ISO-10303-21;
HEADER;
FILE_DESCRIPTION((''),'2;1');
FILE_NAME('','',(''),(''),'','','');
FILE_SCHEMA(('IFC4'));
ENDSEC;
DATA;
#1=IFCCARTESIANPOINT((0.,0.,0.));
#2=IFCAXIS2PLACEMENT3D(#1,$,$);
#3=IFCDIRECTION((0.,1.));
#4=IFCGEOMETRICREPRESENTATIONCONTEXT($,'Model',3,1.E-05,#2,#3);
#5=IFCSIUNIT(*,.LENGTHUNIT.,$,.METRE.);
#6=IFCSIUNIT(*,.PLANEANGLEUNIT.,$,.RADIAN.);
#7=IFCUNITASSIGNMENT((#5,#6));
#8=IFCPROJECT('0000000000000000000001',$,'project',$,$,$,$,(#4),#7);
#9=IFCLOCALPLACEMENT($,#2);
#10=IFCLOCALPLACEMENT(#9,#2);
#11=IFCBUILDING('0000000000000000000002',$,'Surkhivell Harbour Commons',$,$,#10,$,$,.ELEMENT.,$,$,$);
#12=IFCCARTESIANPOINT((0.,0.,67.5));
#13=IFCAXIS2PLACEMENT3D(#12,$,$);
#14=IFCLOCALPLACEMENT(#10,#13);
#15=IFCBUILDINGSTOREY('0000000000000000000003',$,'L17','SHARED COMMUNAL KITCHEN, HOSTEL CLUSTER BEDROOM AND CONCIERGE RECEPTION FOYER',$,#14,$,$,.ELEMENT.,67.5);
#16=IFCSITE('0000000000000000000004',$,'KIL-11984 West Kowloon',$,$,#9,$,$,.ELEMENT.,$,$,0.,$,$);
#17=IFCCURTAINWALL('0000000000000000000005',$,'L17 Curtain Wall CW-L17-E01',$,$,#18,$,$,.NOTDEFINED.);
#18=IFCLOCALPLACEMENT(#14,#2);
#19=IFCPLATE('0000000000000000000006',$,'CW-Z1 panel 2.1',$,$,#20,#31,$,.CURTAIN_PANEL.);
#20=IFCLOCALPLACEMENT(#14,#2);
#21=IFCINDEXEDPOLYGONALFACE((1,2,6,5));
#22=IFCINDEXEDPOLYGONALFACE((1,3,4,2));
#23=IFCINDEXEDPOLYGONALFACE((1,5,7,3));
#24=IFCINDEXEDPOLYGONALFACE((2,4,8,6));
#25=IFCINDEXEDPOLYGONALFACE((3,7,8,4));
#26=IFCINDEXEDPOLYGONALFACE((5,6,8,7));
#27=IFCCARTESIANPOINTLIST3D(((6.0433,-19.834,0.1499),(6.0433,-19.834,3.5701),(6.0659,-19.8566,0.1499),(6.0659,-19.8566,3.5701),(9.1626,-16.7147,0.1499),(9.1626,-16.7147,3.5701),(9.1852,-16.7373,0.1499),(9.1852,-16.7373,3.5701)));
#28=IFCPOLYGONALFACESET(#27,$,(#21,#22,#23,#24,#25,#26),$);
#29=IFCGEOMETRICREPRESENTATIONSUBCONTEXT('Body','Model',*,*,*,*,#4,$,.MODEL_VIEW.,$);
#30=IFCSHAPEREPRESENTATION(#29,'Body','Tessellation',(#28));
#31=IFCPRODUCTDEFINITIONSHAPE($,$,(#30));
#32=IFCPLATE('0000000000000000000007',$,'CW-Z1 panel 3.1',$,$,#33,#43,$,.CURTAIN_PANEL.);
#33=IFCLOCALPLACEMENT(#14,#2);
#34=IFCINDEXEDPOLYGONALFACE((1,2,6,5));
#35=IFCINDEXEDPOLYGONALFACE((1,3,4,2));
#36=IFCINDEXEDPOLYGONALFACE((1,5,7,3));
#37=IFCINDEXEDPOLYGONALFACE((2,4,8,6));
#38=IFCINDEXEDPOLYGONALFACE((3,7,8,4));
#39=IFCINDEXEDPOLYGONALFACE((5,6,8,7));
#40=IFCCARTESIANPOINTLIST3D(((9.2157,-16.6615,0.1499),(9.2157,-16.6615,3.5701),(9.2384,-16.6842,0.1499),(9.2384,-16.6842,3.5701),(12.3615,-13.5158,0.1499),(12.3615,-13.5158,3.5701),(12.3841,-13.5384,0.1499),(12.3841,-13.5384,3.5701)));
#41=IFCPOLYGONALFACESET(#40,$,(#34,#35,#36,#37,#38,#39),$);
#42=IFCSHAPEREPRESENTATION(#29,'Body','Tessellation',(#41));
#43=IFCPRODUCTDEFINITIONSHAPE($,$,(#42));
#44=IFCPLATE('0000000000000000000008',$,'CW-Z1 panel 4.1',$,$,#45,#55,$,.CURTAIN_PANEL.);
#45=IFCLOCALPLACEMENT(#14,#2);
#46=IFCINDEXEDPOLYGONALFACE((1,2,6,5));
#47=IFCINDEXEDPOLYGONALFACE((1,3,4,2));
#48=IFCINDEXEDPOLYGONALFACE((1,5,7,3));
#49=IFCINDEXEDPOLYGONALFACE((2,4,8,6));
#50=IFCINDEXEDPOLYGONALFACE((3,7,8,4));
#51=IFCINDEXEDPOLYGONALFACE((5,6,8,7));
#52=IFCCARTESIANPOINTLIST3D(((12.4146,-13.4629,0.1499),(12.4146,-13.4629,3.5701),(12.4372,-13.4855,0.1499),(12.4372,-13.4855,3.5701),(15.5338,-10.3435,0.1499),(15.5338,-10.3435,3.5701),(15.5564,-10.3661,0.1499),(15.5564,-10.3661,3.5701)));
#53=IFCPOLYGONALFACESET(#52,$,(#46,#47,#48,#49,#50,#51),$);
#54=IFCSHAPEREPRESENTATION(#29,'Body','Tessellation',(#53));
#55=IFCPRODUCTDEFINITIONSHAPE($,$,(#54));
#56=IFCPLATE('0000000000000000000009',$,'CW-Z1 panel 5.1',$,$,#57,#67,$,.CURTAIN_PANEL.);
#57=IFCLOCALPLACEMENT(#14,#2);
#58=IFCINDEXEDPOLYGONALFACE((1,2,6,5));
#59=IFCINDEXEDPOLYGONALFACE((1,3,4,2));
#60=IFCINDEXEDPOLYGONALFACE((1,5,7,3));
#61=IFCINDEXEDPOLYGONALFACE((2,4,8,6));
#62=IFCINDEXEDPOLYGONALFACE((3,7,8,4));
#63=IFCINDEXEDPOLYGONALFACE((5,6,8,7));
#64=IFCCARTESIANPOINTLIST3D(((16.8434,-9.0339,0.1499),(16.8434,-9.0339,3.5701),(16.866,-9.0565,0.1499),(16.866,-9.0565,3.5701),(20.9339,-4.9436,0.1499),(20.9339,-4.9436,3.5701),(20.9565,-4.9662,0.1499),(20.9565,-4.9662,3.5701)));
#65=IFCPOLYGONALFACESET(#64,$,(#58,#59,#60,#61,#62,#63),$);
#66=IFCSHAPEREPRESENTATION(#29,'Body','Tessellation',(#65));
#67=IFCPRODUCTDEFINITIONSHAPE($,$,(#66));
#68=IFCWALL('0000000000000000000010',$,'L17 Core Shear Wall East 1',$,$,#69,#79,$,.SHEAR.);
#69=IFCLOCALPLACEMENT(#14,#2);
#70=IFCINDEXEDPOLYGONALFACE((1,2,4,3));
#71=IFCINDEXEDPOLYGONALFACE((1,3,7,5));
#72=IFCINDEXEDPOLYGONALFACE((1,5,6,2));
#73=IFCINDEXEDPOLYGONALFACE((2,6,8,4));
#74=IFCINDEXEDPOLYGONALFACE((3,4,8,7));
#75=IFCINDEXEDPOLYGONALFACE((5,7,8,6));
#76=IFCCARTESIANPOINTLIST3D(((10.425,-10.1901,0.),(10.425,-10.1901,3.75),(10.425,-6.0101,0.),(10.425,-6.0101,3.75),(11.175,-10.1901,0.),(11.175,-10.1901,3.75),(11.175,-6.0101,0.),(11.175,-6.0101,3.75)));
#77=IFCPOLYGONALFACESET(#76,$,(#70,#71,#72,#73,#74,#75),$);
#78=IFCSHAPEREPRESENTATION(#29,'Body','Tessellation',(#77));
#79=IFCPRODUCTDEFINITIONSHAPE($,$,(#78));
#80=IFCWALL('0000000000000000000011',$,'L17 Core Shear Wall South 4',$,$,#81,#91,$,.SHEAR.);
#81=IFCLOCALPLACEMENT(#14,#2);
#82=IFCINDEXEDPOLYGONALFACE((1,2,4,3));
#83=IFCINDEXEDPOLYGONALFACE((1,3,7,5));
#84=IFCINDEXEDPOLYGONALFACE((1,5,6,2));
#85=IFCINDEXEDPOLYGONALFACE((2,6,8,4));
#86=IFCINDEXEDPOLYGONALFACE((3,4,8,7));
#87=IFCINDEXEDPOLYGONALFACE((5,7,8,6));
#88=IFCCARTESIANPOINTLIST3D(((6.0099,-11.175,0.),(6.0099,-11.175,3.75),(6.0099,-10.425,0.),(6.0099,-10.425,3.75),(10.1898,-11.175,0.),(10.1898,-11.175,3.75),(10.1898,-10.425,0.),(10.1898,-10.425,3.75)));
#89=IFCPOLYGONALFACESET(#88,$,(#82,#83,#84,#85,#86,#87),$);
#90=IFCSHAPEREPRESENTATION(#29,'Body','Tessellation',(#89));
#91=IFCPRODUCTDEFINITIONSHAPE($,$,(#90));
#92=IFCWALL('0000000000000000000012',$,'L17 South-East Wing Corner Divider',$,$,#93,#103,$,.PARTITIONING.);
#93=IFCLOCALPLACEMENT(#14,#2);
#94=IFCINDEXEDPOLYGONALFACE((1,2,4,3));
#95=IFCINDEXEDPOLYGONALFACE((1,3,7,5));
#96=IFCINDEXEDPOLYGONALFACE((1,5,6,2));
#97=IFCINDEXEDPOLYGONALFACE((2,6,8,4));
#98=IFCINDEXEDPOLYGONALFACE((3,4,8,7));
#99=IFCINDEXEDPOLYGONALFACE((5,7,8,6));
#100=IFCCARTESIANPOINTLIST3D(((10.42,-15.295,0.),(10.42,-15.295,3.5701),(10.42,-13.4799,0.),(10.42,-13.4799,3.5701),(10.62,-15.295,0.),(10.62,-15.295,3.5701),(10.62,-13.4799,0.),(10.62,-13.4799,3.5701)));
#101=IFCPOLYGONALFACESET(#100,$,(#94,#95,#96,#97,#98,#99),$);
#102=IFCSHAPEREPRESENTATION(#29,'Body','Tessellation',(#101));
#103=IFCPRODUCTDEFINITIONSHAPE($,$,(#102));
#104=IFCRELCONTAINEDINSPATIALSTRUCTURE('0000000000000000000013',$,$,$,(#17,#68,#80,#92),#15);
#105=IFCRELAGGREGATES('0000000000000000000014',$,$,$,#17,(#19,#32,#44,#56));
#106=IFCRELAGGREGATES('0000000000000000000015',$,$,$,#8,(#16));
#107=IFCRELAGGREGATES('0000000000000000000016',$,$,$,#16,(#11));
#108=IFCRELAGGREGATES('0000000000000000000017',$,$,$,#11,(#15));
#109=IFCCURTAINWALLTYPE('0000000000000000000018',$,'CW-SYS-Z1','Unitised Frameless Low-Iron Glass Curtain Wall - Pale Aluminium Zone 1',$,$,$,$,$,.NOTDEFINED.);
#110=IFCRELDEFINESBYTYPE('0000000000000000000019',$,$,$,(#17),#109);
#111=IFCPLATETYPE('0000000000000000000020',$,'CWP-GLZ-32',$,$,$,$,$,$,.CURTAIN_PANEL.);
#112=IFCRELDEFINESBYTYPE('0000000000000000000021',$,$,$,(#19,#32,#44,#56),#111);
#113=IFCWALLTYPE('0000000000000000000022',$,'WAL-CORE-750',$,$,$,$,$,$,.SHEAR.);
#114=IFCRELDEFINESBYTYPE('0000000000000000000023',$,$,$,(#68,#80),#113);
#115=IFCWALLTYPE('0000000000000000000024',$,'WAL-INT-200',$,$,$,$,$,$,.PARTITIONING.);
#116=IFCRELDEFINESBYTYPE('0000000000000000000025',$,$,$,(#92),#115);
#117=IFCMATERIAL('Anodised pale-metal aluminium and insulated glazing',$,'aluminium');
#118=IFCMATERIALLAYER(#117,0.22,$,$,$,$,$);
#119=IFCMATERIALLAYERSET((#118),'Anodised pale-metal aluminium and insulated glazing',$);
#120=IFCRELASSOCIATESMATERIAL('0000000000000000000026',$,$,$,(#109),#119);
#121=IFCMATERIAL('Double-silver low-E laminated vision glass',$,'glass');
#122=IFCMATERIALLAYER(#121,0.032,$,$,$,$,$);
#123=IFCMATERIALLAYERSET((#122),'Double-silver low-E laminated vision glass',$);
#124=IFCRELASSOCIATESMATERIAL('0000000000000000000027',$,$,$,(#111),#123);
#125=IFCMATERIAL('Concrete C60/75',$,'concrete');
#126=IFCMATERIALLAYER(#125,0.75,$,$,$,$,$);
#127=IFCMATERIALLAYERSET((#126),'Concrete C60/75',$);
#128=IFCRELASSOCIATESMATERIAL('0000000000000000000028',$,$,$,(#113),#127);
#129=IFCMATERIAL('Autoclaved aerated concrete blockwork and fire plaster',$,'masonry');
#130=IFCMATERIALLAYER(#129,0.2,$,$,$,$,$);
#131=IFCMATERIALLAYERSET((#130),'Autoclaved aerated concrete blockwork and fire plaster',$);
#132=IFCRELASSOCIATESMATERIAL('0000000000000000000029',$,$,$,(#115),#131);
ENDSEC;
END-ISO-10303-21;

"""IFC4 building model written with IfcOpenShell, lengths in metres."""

from ifc_helpers import new_model, si_unit, direction, frame, frame_2d, origin, place, context, subcontext, project, spatial, rectangle, extrude, material, layer, layer_set, type_object, element, aggregate, save


model = new_model("IFC4")

# Units and contexts
model_context = context("Model", 3, precision=1e-05, world=origin(), true_north=direction((0.0, 1.0)))
body_context = subcontext(model_context, "Body", "Model", "MODEL_VIEW")
ifc_project = project(units=[si_unit("LENGTHUNIT", "METRE"), si_unit("PLANEANGLEUNIT", "RADIAN")], contexts=[model_context])

# Site, building, storey
site_placement = place(None, origin())
site = spatial("IfcSite", under=ifc_project, at=site_placement, Name="KIL-11984 West Kowloon", CompositionType="ELEMENT", RefElevation=0.0)
building_placement = place(site_placement, origin())
building = spatial("IfcBuilding", under=site, at=building_placement, Name="Surkhivell Harbour Commons", CompositionType="ELEMENT")
storey_placement = place(building_placement, frame((0.0, 0.0, 67.5)))
storey = spatial("IfcBuildingStorey", under=building, at=storey_placement, Name="L17", Description="SHARED COMMUNAL KITCHEN, HOSTEL CLUSTER BEDROOM AND CONCIERGE RECEPTION FOYER", CompositionType="ELEMENT", Elevation=67.5)

# Curtain wall, plates
ifc_material_1 = material(Name="Anodised pale-metal aluminium and insulated glazing", Category="aluminium")
ifc_layer_1 = layer(ifc_material_1, 0.22)
ifc_layer_set_1 = layer_set([ifc_layer_1], Name="Anodised pale-metal aluminium and insulated glazing")
curtain_wall_type = type_object("IfcCurtainWallType", Name="CW-SYS-Z1", Description="Unitised Frameless Low-Iron Glass Curtain Wall - Pale Aluminium Zone 1", PredefinedType="NOTDEFINED", material=ifc_layer_set_1)
curtain_wall_placement = place(storey_placement, origin())
curtain_wall = element("IfcCurtainWall", 1, at=curtain_wall_placement, inside=storey, type_object=curtain_wall_type, Name="L17 Curtain Wall CW-L17-E01", PredefinedType="NOTDEFINED")
ifc_material_2 = material(Name="Double-silver low-E laminated vision glass", Category="glass")
ifc_layer_2 = layer(ifc_material_2, 0.032)
ifc_layer_set_2 = layer_set([ifc_layer_2], Name="Double-silver low-E laminated vision glass")
plate_type = type_object("IfcPlateType", Name="CWP-GLZ-32", PredefinedType="CURTAIN_PANEL", material=ifc_layer_set_2)
plate_1_placement = place(storey_placement, frame((6.0547, -19.8452, 0.1499), z_axis=(0.0, 0.0, 1.0), x_axis=(0.707107, 0.707107, 0.0)))
plate_1 = element("IfcPlate", 2, at=plate_1_placement, type_object=plate_type, Name="CW-Z1 panel 2.1", PredefinedType="CURTAIN_PANEL", context=body_context, shape_type="SweptSolid", body=[
    extrude(rectangle(XDim=4.4114, YDim=0.032, at=frame_2d((2.2056, 0.0))), origin(), (0.0, 0.0, 1.0), 3.4202),
])
plate_2_placement = place(storey_placement, frame((9.2271, -16.6729, 0.1499), z_axis=(0.0, 0.0, 1.0), x_axis=(0.707107, 0.707107, 0.0)))
plate_2 = element("IfcPlate", 3, at=plate_2_placement, type_object=plate_type, Name="CW-Z1 panel 3.1", PredefinedType="CURTAIN_PANEL", context=body_context, shape_type="SweptSolid", body=[
    extrude(rectangle(XDim=4.4487, YDim=0.032, at=frame_2d((2.2244, 0.0))), origin(), (0.0, 0.0, 1.0), 3.4202),
])
plate_3_placement = place(storey_placement, frame((12.426, -13.4741, 0.1499), z_axis=(0.0, 0.0, 1.0), x_axis=(0.707079, 0.707134, 0.0)))
plate_3 = element("IfcPlate", 4, at=plate_3_placement, type_object=plate_type, Name="CW-Z1 panel 4.1", PredefinedType="CURTAIN_PANEL", context=body_context, shape_type="SweptSolid", body=[
    extrude(rectangle(XDim=4.4114, YDim=0.032, at=frame_2d((2.2056, 0.0))), origin(), (0.0, 0.0, 1.0), 3.4202),
])
plate_4_placement = place(storey_placement, frame((16.8547, -9.0452, 0.1499), z_axis=(0.0, 0.0, 1.0), x_axis=(0.707128, 0.707086, 0.0)))
plate_4 = element("IfcPlate", 5, at=plate_4_placement, type_object=plate_type, Name="CW-Z1 panel 5.1", PredefinedType="CURTAIN_PANEL", context=body_context, shape_type="SweptSolid", body=[
    extrude(rectangle(XDim=5.7847, YDim=0.032, at=frame_2d((2.8923, 0.0))), origin(), (0.0, 0.0, 1.0), 3.4202),
])
aggregate(curtain_wall, [plate_1, plate_2, plate_3, plate_4])

# Walls
ifc_material_3 = material(Name="Concrete C60/75", Category="concrete")
ifc_layer_3 = layer(ifc_material_3, 0.75)
ifc_layer_set_3 = layer_set([ifc_layer_3], Name="Concrete C60/75")
wall_type_1 = type_object("IfcWallType", Name="WAL-CORE-750", PredefinedType="SHEAR", material=ifc_layer_set_3)
for number, where, z_axis, x_axis, name in (
    (6, (10.8, -10.1899, 0.0), (0.0, 0.0, 1.0), (0.0, 1.0, 0.0), "L17 Core Shear Wall East 1"),
    (7, (6.01, -10.8, 0.0), (0.0, 0.0, 1.0), (1.0, 0.0, 0.0), "L17 Core Shear Wall South 4"),
):
    element("IfcWall", number, at=place(storey_placement, frame(where, z_axis=z_axis, x_axis=x_axis)), inside=storey, type_object=wall_type_1, Name=name, PredefinedType="SHEAR", context=body_context, shape_type="SweptSolid", body=[
        extrude(rectangle(XDim=4.1799, YDim=0.75, at=frame_2d((2.0898, 0.0))), origin(), (0.0, 0.0, 1.0), 3.75),
    ])
ifc_material_4 = material(Name="Autoclaved aerated concrete blockwork and fire plaster", Category="masonry")
ifc_layer_4 = layer(ifc_material_4, 0.2)
ifc_layer_set_4 = layer_set([ifc_layer_4], Name="Autoclaved aerated concrete blockwork and fire plaster")
wall_type_2 = type_object("IfcWallType", Name="WAL-INT-200", PredefinedType="PARTITIONING", material=ifc_layer_set_4)
wall_1_placement = place(storey_placement, frame((10.52, -15.2952, 0.0), z_axis=(0.0, 0.0, 1.0), x_axis=(0.0, 1.0, 0.0)))
element("IfcWall", 8, at=wall_1_placement, inside=storey, type_object=wall_type_2, Name="L17 South-East Wing Corner Divider", PredefinedType="PARTITIONING", context=body_context, shape_type="SweptSolid", body=[
    extrude(rectangle(XDim=1.8152, YDim=0.2, at=frame_2d((0.9077, 0.0))), origin(), (0.0, 0.0, 1.0), 3.5701),
])

save(model, "model.ifc")
